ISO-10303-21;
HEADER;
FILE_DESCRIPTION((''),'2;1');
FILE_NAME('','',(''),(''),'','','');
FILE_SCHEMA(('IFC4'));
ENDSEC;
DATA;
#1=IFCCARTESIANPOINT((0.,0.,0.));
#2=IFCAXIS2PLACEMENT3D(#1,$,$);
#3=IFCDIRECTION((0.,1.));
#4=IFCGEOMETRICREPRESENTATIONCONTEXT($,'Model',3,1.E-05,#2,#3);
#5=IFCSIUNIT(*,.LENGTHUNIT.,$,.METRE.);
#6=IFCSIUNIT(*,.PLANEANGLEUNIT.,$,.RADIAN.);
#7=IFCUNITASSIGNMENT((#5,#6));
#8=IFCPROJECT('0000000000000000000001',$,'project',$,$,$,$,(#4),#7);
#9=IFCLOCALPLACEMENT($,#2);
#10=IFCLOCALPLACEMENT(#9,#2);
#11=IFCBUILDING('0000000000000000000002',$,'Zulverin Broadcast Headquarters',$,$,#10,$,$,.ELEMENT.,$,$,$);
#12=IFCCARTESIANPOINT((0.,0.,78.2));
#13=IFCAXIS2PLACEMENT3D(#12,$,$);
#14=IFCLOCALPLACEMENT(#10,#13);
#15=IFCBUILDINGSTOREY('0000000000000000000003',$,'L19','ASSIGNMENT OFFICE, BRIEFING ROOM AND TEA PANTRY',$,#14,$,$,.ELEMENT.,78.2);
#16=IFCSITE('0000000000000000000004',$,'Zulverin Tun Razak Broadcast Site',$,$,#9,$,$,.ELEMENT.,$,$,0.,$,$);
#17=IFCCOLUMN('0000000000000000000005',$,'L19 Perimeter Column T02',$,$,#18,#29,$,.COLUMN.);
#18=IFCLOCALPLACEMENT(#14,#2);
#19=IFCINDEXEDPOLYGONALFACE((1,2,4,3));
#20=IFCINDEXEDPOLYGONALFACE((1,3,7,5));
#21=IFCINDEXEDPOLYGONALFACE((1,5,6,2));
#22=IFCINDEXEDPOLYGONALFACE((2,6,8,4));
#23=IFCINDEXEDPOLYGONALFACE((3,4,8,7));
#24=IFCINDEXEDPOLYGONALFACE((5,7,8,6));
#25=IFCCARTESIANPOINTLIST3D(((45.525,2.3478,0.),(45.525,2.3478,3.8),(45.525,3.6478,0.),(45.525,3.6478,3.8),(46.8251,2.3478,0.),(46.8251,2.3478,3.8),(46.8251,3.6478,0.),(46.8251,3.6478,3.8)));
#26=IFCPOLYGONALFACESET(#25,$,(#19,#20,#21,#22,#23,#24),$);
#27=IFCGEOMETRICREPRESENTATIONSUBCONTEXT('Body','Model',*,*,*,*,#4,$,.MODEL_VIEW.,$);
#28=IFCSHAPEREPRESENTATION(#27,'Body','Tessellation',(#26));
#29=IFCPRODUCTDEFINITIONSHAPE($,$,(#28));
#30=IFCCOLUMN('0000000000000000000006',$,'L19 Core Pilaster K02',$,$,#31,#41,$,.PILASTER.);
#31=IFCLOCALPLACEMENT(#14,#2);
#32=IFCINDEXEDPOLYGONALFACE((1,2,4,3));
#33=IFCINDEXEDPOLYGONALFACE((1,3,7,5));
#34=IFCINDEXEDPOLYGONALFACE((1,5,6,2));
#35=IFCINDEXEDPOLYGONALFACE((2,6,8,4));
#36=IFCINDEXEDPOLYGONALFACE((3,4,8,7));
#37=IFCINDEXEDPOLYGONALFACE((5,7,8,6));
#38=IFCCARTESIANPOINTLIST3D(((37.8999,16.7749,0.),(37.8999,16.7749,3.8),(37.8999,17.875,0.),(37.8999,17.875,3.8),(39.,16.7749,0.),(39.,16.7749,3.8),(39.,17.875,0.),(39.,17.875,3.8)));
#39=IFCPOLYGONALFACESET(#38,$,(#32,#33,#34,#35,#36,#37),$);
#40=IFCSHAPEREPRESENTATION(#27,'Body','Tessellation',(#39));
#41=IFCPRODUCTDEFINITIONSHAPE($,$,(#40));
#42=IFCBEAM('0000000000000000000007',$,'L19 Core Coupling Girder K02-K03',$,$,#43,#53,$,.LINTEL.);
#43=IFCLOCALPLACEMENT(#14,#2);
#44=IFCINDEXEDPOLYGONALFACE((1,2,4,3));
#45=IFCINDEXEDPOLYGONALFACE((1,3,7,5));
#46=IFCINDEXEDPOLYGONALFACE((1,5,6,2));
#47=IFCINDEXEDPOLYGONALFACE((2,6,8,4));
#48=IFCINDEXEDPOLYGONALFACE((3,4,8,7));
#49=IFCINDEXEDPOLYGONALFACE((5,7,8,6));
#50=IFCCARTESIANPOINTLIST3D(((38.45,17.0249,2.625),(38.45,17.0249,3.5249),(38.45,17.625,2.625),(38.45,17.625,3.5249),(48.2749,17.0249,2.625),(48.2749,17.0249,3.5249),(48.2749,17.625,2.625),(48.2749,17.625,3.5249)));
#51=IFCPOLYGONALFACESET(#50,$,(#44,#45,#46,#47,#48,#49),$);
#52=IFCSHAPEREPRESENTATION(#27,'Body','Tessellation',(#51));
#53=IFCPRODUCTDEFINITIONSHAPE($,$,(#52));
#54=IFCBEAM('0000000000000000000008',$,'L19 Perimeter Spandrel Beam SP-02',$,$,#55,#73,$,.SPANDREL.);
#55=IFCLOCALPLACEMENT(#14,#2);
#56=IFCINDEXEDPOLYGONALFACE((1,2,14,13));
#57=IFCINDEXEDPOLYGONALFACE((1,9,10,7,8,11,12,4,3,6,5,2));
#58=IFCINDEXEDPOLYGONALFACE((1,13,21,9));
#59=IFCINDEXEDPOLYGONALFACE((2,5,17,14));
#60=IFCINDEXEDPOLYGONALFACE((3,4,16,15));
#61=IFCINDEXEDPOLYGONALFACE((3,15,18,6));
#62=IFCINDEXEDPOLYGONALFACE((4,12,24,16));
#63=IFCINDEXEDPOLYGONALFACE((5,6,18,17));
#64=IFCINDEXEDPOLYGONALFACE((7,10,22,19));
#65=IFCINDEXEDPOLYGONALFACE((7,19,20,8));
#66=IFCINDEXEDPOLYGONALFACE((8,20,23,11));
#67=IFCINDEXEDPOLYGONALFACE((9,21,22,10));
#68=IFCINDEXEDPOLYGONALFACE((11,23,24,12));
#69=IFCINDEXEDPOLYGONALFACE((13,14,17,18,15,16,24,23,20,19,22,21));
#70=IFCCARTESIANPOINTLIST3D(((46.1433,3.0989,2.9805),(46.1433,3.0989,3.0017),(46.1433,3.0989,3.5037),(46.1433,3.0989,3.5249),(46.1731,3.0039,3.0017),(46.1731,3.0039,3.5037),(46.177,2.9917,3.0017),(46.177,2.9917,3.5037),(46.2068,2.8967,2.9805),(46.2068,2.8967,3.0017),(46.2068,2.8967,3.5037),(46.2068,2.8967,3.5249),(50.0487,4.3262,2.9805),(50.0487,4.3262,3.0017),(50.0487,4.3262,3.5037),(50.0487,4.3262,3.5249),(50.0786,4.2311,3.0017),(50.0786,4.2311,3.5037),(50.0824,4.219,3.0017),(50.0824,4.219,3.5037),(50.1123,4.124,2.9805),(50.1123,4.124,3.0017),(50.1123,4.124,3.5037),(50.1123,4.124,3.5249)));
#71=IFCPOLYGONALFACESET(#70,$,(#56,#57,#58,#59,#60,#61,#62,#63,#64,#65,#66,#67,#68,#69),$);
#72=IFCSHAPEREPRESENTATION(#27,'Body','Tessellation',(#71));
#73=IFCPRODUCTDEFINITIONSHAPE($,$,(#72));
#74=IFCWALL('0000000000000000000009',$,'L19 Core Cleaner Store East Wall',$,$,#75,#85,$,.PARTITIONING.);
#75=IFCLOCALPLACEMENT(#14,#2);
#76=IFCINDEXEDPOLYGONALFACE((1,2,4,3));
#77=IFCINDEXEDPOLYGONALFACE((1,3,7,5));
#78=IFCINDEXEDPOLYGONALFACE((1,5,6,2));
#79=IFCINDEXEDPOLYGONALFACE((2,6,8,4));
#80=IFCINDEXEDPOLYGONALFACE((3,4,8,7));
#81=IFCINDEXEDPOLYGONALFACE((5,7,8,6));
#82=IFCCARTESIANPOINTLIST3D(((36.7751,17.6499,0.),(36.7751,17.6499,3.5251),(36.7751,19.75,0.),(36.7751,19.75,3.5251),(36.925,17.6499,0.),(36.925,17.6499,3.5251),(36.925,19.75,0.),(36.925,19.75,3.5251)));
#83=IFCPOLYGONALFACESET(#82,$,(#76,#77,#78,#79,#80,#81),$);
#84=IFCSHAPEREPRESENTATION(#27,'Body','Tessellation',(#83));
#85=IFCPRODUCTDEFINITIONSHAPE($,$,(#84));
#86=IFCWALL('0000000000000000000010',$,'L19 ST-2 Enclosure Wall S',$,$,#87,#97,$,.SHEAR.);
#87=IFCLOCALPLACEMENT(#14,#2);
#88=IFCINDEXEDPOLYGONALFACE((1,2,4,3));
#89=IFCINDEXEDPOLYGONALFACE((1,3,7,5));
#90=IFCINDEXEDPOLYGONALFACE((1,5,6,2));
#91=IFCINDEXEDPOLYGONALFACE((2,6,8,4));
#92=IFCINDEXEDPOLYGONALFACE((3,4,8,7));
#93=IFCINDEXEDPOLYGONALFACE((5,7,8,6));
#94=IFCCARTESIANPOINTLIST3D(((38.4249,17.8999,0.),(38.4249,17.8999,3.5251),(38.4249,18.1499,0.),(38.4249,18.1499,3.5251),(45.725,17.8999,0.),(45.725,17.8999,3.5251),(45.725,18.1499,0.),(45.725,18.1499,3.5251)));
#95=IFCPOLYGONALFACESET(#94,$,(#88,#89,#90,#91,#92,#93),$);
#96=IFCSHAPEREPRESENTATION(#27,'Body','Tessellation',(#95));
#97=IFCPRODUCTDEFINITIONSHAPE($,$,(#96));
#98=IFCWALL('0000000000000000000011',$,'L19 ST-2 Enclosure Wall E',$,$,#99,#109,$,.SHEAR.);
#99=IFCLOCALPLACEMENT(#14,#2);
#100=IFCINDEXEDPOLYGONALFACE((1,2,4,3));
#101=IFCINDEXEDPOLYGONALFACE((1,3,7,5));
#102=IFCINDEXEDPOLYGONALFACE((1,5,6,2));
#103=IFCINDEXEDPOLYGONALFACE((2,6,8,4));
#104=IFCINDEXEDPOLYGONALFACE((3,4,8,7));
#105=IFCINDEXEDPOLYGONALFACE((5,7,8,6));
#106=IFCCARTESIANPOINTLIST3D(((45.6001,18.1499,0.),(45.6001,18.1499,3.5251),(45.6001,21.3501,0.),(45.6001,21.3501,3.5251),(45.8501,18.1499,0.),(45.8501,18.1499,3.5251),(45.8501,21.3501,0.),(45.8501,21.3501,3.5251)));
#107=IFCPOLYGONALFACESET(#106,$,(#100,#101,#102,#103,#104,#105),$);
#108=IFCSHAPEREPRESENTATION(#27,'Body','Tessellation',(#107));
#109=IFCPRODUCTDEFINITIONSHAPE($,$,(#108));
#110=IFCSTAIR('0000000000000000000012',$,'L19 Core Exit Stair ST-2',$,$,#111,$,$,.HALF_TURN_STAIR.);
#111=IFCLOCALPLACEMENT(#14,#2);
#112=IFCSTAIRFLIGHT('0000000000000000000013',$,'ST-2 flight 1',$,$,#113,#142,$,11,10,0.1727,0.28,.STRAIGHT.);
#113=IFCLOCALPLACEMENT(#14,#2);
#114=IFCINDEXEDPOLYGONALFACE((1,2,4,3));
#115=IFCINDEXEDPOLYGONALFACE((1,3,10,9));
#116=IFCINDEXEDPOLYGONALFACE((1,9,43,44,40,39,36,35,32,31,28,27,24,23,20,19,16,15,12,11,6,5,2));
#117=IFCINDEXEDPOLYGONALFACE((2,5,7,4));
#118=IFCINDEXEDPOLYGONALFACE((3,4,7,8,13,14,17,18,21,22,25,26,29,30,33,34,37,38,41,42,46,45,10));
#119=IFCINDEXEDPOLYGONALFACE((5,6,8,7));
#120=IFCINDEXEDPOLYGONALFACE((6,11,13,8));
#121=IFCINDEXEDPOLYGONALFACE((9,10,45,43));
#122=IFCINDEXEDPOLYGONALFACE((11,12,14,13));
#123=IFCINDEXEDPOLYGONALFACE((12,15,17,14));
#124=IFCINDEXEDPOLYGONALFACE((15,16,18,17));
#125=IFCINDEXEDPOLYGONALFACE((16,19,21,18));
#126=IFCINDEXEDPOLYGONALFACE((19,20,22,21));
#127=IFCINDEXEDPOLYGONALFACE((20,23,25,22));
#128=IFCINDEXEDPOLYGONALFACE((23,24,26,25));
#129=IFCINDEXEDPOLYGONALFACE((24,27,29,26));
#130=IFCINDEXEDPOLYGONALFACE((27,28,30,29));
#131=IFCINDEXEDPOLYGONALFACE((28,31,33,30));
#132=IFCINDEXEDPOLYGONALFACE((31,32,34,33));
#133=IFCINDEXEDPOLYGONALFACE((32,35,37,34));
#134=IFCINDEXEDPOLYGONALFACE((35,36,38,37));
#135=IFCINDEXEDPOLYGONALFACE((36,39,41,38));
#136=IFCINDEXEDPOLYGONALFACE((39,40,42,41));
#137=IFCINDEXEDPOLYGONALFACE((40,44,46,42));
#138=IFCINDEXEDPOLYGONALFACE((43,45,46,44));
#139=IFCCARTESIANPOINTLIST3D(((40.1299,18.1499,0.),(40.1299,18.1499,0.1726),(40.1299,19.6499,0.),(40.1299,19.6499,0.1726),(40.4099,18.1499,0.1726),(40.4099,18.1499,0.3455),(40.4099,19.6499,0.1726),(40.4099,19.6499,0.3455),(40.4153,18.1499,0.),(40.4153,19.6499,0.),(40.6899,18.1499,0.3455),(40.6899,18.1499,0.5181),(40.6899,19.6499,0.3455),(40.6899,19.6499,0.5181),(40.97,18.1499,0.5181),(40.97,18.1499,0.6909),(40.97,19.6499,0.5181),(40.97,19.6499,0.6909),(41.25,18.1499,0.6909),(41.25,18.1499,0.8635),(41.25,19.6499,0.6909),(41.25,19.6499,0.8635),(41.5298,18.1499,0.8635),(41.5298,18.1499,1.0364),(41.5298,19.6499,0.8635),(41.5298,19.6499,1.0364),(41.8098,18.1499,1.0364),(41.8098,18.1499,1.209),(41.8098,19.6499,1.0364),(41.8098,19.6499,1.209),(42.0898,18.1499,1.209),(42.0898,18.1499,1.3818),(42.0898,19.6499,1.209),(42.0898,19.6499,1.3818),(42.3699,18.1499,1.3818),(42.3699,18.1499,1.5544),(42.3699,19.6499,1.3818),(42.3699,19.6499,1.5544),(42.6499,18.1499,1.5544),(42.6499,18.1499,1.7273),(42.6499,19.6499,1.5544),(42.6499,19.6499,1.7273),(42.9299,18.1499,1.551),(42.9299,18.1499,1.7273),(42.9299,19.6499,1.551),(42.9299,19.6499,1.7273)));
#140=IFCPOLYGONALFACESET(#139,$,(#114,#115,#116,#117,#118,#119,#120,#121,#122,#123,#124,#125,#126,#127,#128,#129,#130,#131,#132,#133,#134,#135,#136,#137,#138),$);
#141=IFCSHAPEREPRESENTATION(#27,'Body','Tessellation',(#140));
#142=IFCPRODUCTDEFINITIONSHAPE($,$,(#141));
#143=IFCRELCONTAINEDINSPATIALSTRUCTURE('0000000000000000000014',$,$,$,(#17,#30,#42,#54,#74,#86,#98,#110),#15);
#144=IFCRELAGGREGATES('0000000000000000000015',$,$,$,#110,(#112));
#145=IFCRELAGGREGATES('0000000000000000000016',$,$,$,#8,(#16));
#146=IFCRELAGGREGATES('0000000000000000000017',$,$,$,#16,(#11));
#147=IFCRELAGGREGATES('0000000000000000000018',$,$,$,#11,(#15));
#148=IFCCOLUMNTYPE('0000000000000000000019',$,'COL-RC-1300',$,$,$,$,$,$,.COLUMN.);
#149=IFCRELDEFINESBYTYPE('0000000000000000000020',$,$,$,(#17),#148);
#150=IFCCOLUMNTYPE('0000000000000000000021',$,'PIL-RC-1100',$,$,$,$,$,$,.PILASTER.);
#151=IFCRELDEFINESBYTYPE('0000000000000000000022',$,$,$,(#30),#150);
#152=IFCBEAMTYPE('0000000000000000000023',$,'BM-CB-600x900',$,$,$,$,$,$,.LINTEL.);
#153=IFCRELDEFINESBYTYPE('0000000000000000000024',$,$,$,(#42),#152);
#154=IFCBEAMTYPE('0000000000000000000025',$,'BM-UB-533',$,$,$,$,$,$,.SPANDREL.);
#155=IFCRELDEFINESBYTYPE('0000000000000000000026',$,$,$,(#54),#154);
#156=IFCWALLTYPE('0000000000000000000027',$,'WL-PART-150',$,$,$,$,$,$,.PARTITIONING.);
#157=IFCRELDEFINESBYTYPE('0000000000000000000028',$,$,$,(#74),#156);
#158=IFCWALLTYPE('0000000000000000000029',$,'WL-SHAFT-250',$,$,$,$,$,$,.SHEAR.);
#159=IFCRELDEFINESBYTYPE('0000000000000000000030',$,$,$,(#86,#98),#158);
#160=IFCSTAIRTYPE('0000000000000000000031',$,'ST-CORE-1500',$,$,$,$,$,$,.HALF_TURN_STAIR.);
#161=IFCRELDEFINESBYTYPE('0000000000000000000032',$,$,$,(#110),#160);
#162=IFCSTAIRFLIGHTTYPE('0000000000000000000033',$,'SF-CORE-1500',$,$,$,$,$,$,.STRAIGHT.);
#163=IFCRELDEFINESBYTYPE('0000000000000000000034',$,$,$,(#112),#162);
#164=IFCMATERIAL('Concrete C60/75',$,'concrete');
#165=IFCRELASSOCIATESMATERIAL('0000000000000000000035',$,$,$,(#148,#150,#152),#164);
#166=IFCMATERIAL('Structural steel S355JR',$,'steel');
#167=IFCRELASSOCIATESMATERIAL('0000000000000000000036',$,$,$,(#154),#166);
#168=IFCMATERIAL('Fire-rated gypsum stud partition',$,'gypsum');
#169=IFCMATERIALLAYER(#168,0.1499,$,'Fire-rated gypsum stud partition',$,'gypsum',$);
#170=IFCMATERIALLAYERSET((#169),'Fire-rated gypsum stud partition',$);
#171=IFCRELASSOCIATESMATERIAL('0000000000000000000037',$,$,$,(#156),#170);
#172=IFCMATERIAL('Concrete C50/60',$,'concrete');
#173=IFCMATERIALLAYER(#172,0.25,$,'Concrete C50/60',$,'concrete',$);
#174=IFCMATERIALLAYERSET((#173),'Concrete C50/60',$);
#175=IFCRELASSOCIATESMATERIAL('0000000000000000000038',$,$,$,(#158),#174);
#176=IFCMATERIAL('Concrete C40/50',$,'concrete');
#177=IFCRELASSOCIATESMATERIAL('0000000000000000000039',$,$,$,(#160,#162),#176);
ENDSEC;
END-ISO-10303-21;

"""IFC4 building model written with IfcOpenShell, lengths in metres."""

from ifc_helpers import new_model, si_unit, direction, frame, frame_2d, origin, origin_2d, place, context, subcontext, project, spatial, polyline, rectangle, i_section, outline, extrude, material, layer, layer_set, material_profile, profile_set, type_object, element, aggregate, save


model = new_model("IFC4")

# Units and contexts
model_context = context("Model", 3, precision=1e-05, world=origin(), true_north=direction((0.0, 1.0)))
body_context = subcontext(model_context, "Body", "Model", "MODEL_VIEW")
ifc_project = project(units=[si_unit("LENGTHUNIT", "METRE"), si_unit("PLANEANGLEUNIT", "RADIAN")], contexts=[model_context])

# Site, building, storey
site_placement = place(None, origin())
site = spatial("IfcSite", under=ifc_project, at=site_placement, Name="Zulverin Tun Razak Broadcast Site", CompositionType="ELEMENT", RefElevation=0.0)
building_placement = place(site_placement, origin())
building = spatial("IfcBuilding", under=site, at=building_placement, Name="Zulverin Broadcast Headquarters", CompositionType="ELEMENT")
storey_placement = place(building_placement, frame((0.0, 0.0, 78.2)))
storey = spatial("IfcBuildingStorey", under=building, at=storey_placement, Name="L19", Description="ASSIGNMENT OFFICE, BRIEFING ROOM AND TEA PANTRY", CompositionType="ELEMENT", Elevation=78.2)

# Columns
ifc_material_1 = material(Name="Concrete C60/75", Category="concrete")
ifc_material_profile_1 = material_profile(ifc_material_1, rectangle(XDim=1.3, YDim=1.3, at=origin_2d()), Name="Concrete C60/75", Category="concrete")
ifc_profile_set_1 = profile_set([ifc_material_profile_1], Name="Concrete C60/75")
column_type_1 = type_object("IfcColumnType", Name="COL-RC-1300", PredefinedType="COLUMN", material=ifc_profile_set_1)
column_1_placement = place(storey_placement, frame((46.175, 2.9978, 0.0), z_axis=(0.0, 0.0, 1.0), x_axis=(1.0, 0.0, 0.0)))
element("IfcColumn", 1, at=column_1_placement, inside=storey, type_object=column_type_1, Name="L19 Perimeter Column T02", PredefinedType="COLUMN", context=body_context, shape_type="SweptSolid", body=[
    extrude(rectangle(XDim=1.3, YDim=1.3, at=origin_2d()), origin(), (0.0, 0.0, 1.0), 3.8),
])
ifc_material_profile_2 = material_profile(ifc_material_1, rectangle(XDim=1.1001, YDim=1.1001, at=origin_2d()), Name="Concrete C60/75", Category="concrete")
ifc_profile_set_2 = profile_set([ifc_material_profile_2], Name="Concrete C60/75")
column_type_2 = type_object("IfcColumnType", Name="PIL-RC-1100", PredefinedType="PILASTER", material=ifc_profile_set_2)
column_2_placement = place(storey_placement, frame((38.45, 17.325, 0.0), z_axis=(0.0, 0.0, 1.0), x_axis=(1.0, 0.0, 0.0)))
element("IfcColumn", 2, at=column_2_placement, inside=storey, type_object=column_type_2, Name="L19 Core Pilaster K02", PredefinedType="PILASTER", context=body_context, shape_type="SweptSolid", body=[
    extrude(rectangle(XDim=1.1001, YDim=1.1001, at=origin_2d()), origin(), (0.0, 0.0, 1.0), 3.8),
])

# Beams
ifc_material_profile_3 = material_profile(ifc_material_1, rectangle(XDim=0.6001, YDim=0.8999, at=origin_2d()), Name="Concrete C60/75", Category="concrete")
ifc_profile_set_3 = profile_set([ifc_material_profile_3], Name="Concrete C60/75")
beam_type_1 = type_object("IfcBeamType", Name="BM-CB-600x900", PredefinedType="LINTEL", material=ifc_profile_set_3)
beam_1_placement = place(storey_placement, frame((38.45, 17.325, 3.075), z_axis=(1.0, 0.0, 0.0), x_axis=(0.0, 1.0, 0.0)))
element("IfcBeam", 3, at=beam_1_placement, inside=storey, type_object=beam_type_1, Name="L19 Core Coupling Girder K02-K03", PredefinedType="LINTEL", context=body_context, shape_type="SweptSolid", body=[
    extrude(rectangle(XDim=0.6001, YDim=0.8999, at=origin_2d()), origin(), (0.0, 0.0, 1.0), 9.825),
])
ifc_material_2 = material(Name="Structural steel S355JR", Category="steel")
ifc_material_profile_4 = material_profile(ifc_material_2, i_section(OverallWidth=0.2119, OverallDepth=0.5444, WebThickness=0.0127, FlangeThickness=0.0212, at=origin_2d()), Name="Structural steel S355JR", Category="steel")
ifc_profile_set_4 = profile_set([ifc_material_profile_4], Name="Structural steel S355JR")
beam_type_2 = type_object("IfcBeamType", Name="BM-UB-533", PredefinedType="SPANDREL", material=ifc_profile_set_4)
beam_2_placement = place(storey_placement, frame((46.175, 2.9978, 3.2527), z_axis=(0.954004, 0.299792, 0.0), x_axis=(-0.299792, 0.954004, 0.0)))
element("IfcBeam", 4, at=beam_2_placement, inside=storey, type_object=beam_type_2, Name="L19 Perimeter Spandrel Beam SP-02", PredefinedType="SPANDREL", context=body_context, shape_type="SweptSolid", body=[
    extrude(i_section(OverallWidth=0.2119, OverallDepth=0.5444, WebThickness=0.0127, FlangeThickness=0.0212, at=origin_2d()), origin(), (0.0, 0.0, 1.0), 4.0938),
])

# Walls
ifc_material_3 = material(Name="Fire-rated gypsum stud partition", Category="gypsum")
ifc_layer_1 = layer(ifc_material_3, 0.1499, Name="Fire-rated gypsum stud partition", Category="gypsum")
ifc_layer_set_1 = layer_set([ifc_layer_1], Name="Fire-rated gypsum stud partition")
wall_type_1 = type_object("IfcWallType", Name="WL-PART-150", PredefinedType="PARTITIONING", material=ifc_layer_set_1)
wall_1_placement = place(storey_placement, frame((36.8501, 17.6499, 0.0), z_axis=(0.0, 0.0, 1.0), x_axis=(0.0, 1.0, 0.0)))
element("IfcWall", 5, at=wall_1_placement, inside=storey, type_object=wall_type_1, Name="L19 Core Cleaner Store East Wall", PredefinedType="PARTITIONING", context=body_context, shape_type="SweptSolid", body=[
    extrude(rectangle(XDim=2.1001, YDim=0.1499, at=frame_2d((1.05, 0.0))), origin(), (0.0, 0.0, 1.0), 3.5251),
])
ifc_material_4 = material(Name="Concrete C50/60", Category="concrete")
ifc_layer_2 = layer(ifc_material_4, 0.25, Name="Concrete C50/60", Category="concrete")
ifc_layer_set_2 = layer_set([ifc_layer_2], Name="Concrete C50/60")
wall_type_2 = type_object("IfcWallType", Name="WL-SHAFT-250", PredefinedType="SHEAR", material=ifc_layer_set_2)
wall_2_placement = place(storey_placement, frame((38.425, 18.0249, 0.0), z_axis=(0.0, 0.0, 1.0), x_axis=(1.0, 0.0, 0.0)))
element("IfcWall", 6, at=wall_2_placement, inside=storey, type_object=wall_type_2, Name="L19 ST-2 Enclosure Wall S", PredefinedType="SHEAR", context=body_context, shape_type="SweptSolid", body=[
    extrude(rectangle(XDim=7.3, YDim=0.25, at=frame_2d((3.6499, 0.0))), origin(), (0.0, 0.0, 1.0), 3.5251),
])

# Wall
wall_3_placement = place(storey_placement, frame((45.7251, 18.1499, 0.0), z_axis=(0.0, 0.0, 1.0), x_axis=(0.0, 1.0, 0.0)))
element("IfcWall", 7, at=wall_3_placement, inside=storey, type_object=wall_type_2, Name="L19 ST-2 Enclosure Wall E", PredefinedType="SHEAR", context=body_context, shape_type="SweptSolid", body=[
    extrude(rectangle(XDim=3.2002, YDim=0.25, at=frame_2d((1.6001, 0.0))), origin(), (0.0, 0.0, 1.0), 3.5251),
])

# Stair, stair flight
ifc_material_5 = material(Name="Concrete C40/50", Category="concrete")
stair_type = type_object("IfcStairType", Name="ST-CORE-1500", PredefinedType="HALF_TURN_STAIR", material=ifc_material_5)
stair_placement = place(storey_placement, origin())
stair = element("IfcStair", 8, at=stair_placement, inside=storey, type_object=stair_type, Name="L19 Core Exit Stair ST-2", PredefinedType="HALF_TURN_STAIR")
stair_flight_type = type_object("IfcStairFlightType", Name="SF-CORE-1500", PredefinedType="STRAIGHT", material=ifc_material_5)
stair_flight_placement = place(storey_placement, frame((40.1299, 18.8999, 0.0), z_axis=(0.0, 0.0, 1.0), x_axis=(1.0, 0.0, 0.0)))
stair_flight = element("IfcStairFlight", 9, at=stair_flight_placement, type_object=stair_flight_type, Name="ST-2 flight 1", NumberOfRisers=11, NumberOfTreads=10, PredefinedType="STRAIGHT", RiserHeight=0.1727, TreadLength=0.28, context=body_context, shape_type="SweptSolid", body=[
    extrude(outline(polyline([(0.0, 0.0), (0.0, 0.1726), (0.28, 0.1726), (0.28, 0.3455), (0.5601, 0.3455), (0.5601, 0.5181), (0.8401, 0.5181), (0.8401, 0.6909), (1.1201, 0.6909), (1.1201, 0.8635), (1.3999, 0.8635), (1.3999, 1.0364), (1.6799, 1.0364), (1.6799, 1.209), (1.96, 1.209), (1.96, 1.3818), (2.24, 1.3818), (2.24, 1.5544), (2.52, 1.5544), (2.52, 1.7273), (2.8, 1.7273), (2.8, 1.8999), (2.8, 1.551), (0.2854, 0.0), (0.0, 0.0)])), frame((0.0, 0.75, 0.0), z_axis=(0.0, -1.0, 0.0), x_axis=(1.0, 0.0, 0.0)), (0.0, 0.0, 1.0), 1.5),
])
aggregate(stair, [stair_flight])

save(model, "model.ifc")
